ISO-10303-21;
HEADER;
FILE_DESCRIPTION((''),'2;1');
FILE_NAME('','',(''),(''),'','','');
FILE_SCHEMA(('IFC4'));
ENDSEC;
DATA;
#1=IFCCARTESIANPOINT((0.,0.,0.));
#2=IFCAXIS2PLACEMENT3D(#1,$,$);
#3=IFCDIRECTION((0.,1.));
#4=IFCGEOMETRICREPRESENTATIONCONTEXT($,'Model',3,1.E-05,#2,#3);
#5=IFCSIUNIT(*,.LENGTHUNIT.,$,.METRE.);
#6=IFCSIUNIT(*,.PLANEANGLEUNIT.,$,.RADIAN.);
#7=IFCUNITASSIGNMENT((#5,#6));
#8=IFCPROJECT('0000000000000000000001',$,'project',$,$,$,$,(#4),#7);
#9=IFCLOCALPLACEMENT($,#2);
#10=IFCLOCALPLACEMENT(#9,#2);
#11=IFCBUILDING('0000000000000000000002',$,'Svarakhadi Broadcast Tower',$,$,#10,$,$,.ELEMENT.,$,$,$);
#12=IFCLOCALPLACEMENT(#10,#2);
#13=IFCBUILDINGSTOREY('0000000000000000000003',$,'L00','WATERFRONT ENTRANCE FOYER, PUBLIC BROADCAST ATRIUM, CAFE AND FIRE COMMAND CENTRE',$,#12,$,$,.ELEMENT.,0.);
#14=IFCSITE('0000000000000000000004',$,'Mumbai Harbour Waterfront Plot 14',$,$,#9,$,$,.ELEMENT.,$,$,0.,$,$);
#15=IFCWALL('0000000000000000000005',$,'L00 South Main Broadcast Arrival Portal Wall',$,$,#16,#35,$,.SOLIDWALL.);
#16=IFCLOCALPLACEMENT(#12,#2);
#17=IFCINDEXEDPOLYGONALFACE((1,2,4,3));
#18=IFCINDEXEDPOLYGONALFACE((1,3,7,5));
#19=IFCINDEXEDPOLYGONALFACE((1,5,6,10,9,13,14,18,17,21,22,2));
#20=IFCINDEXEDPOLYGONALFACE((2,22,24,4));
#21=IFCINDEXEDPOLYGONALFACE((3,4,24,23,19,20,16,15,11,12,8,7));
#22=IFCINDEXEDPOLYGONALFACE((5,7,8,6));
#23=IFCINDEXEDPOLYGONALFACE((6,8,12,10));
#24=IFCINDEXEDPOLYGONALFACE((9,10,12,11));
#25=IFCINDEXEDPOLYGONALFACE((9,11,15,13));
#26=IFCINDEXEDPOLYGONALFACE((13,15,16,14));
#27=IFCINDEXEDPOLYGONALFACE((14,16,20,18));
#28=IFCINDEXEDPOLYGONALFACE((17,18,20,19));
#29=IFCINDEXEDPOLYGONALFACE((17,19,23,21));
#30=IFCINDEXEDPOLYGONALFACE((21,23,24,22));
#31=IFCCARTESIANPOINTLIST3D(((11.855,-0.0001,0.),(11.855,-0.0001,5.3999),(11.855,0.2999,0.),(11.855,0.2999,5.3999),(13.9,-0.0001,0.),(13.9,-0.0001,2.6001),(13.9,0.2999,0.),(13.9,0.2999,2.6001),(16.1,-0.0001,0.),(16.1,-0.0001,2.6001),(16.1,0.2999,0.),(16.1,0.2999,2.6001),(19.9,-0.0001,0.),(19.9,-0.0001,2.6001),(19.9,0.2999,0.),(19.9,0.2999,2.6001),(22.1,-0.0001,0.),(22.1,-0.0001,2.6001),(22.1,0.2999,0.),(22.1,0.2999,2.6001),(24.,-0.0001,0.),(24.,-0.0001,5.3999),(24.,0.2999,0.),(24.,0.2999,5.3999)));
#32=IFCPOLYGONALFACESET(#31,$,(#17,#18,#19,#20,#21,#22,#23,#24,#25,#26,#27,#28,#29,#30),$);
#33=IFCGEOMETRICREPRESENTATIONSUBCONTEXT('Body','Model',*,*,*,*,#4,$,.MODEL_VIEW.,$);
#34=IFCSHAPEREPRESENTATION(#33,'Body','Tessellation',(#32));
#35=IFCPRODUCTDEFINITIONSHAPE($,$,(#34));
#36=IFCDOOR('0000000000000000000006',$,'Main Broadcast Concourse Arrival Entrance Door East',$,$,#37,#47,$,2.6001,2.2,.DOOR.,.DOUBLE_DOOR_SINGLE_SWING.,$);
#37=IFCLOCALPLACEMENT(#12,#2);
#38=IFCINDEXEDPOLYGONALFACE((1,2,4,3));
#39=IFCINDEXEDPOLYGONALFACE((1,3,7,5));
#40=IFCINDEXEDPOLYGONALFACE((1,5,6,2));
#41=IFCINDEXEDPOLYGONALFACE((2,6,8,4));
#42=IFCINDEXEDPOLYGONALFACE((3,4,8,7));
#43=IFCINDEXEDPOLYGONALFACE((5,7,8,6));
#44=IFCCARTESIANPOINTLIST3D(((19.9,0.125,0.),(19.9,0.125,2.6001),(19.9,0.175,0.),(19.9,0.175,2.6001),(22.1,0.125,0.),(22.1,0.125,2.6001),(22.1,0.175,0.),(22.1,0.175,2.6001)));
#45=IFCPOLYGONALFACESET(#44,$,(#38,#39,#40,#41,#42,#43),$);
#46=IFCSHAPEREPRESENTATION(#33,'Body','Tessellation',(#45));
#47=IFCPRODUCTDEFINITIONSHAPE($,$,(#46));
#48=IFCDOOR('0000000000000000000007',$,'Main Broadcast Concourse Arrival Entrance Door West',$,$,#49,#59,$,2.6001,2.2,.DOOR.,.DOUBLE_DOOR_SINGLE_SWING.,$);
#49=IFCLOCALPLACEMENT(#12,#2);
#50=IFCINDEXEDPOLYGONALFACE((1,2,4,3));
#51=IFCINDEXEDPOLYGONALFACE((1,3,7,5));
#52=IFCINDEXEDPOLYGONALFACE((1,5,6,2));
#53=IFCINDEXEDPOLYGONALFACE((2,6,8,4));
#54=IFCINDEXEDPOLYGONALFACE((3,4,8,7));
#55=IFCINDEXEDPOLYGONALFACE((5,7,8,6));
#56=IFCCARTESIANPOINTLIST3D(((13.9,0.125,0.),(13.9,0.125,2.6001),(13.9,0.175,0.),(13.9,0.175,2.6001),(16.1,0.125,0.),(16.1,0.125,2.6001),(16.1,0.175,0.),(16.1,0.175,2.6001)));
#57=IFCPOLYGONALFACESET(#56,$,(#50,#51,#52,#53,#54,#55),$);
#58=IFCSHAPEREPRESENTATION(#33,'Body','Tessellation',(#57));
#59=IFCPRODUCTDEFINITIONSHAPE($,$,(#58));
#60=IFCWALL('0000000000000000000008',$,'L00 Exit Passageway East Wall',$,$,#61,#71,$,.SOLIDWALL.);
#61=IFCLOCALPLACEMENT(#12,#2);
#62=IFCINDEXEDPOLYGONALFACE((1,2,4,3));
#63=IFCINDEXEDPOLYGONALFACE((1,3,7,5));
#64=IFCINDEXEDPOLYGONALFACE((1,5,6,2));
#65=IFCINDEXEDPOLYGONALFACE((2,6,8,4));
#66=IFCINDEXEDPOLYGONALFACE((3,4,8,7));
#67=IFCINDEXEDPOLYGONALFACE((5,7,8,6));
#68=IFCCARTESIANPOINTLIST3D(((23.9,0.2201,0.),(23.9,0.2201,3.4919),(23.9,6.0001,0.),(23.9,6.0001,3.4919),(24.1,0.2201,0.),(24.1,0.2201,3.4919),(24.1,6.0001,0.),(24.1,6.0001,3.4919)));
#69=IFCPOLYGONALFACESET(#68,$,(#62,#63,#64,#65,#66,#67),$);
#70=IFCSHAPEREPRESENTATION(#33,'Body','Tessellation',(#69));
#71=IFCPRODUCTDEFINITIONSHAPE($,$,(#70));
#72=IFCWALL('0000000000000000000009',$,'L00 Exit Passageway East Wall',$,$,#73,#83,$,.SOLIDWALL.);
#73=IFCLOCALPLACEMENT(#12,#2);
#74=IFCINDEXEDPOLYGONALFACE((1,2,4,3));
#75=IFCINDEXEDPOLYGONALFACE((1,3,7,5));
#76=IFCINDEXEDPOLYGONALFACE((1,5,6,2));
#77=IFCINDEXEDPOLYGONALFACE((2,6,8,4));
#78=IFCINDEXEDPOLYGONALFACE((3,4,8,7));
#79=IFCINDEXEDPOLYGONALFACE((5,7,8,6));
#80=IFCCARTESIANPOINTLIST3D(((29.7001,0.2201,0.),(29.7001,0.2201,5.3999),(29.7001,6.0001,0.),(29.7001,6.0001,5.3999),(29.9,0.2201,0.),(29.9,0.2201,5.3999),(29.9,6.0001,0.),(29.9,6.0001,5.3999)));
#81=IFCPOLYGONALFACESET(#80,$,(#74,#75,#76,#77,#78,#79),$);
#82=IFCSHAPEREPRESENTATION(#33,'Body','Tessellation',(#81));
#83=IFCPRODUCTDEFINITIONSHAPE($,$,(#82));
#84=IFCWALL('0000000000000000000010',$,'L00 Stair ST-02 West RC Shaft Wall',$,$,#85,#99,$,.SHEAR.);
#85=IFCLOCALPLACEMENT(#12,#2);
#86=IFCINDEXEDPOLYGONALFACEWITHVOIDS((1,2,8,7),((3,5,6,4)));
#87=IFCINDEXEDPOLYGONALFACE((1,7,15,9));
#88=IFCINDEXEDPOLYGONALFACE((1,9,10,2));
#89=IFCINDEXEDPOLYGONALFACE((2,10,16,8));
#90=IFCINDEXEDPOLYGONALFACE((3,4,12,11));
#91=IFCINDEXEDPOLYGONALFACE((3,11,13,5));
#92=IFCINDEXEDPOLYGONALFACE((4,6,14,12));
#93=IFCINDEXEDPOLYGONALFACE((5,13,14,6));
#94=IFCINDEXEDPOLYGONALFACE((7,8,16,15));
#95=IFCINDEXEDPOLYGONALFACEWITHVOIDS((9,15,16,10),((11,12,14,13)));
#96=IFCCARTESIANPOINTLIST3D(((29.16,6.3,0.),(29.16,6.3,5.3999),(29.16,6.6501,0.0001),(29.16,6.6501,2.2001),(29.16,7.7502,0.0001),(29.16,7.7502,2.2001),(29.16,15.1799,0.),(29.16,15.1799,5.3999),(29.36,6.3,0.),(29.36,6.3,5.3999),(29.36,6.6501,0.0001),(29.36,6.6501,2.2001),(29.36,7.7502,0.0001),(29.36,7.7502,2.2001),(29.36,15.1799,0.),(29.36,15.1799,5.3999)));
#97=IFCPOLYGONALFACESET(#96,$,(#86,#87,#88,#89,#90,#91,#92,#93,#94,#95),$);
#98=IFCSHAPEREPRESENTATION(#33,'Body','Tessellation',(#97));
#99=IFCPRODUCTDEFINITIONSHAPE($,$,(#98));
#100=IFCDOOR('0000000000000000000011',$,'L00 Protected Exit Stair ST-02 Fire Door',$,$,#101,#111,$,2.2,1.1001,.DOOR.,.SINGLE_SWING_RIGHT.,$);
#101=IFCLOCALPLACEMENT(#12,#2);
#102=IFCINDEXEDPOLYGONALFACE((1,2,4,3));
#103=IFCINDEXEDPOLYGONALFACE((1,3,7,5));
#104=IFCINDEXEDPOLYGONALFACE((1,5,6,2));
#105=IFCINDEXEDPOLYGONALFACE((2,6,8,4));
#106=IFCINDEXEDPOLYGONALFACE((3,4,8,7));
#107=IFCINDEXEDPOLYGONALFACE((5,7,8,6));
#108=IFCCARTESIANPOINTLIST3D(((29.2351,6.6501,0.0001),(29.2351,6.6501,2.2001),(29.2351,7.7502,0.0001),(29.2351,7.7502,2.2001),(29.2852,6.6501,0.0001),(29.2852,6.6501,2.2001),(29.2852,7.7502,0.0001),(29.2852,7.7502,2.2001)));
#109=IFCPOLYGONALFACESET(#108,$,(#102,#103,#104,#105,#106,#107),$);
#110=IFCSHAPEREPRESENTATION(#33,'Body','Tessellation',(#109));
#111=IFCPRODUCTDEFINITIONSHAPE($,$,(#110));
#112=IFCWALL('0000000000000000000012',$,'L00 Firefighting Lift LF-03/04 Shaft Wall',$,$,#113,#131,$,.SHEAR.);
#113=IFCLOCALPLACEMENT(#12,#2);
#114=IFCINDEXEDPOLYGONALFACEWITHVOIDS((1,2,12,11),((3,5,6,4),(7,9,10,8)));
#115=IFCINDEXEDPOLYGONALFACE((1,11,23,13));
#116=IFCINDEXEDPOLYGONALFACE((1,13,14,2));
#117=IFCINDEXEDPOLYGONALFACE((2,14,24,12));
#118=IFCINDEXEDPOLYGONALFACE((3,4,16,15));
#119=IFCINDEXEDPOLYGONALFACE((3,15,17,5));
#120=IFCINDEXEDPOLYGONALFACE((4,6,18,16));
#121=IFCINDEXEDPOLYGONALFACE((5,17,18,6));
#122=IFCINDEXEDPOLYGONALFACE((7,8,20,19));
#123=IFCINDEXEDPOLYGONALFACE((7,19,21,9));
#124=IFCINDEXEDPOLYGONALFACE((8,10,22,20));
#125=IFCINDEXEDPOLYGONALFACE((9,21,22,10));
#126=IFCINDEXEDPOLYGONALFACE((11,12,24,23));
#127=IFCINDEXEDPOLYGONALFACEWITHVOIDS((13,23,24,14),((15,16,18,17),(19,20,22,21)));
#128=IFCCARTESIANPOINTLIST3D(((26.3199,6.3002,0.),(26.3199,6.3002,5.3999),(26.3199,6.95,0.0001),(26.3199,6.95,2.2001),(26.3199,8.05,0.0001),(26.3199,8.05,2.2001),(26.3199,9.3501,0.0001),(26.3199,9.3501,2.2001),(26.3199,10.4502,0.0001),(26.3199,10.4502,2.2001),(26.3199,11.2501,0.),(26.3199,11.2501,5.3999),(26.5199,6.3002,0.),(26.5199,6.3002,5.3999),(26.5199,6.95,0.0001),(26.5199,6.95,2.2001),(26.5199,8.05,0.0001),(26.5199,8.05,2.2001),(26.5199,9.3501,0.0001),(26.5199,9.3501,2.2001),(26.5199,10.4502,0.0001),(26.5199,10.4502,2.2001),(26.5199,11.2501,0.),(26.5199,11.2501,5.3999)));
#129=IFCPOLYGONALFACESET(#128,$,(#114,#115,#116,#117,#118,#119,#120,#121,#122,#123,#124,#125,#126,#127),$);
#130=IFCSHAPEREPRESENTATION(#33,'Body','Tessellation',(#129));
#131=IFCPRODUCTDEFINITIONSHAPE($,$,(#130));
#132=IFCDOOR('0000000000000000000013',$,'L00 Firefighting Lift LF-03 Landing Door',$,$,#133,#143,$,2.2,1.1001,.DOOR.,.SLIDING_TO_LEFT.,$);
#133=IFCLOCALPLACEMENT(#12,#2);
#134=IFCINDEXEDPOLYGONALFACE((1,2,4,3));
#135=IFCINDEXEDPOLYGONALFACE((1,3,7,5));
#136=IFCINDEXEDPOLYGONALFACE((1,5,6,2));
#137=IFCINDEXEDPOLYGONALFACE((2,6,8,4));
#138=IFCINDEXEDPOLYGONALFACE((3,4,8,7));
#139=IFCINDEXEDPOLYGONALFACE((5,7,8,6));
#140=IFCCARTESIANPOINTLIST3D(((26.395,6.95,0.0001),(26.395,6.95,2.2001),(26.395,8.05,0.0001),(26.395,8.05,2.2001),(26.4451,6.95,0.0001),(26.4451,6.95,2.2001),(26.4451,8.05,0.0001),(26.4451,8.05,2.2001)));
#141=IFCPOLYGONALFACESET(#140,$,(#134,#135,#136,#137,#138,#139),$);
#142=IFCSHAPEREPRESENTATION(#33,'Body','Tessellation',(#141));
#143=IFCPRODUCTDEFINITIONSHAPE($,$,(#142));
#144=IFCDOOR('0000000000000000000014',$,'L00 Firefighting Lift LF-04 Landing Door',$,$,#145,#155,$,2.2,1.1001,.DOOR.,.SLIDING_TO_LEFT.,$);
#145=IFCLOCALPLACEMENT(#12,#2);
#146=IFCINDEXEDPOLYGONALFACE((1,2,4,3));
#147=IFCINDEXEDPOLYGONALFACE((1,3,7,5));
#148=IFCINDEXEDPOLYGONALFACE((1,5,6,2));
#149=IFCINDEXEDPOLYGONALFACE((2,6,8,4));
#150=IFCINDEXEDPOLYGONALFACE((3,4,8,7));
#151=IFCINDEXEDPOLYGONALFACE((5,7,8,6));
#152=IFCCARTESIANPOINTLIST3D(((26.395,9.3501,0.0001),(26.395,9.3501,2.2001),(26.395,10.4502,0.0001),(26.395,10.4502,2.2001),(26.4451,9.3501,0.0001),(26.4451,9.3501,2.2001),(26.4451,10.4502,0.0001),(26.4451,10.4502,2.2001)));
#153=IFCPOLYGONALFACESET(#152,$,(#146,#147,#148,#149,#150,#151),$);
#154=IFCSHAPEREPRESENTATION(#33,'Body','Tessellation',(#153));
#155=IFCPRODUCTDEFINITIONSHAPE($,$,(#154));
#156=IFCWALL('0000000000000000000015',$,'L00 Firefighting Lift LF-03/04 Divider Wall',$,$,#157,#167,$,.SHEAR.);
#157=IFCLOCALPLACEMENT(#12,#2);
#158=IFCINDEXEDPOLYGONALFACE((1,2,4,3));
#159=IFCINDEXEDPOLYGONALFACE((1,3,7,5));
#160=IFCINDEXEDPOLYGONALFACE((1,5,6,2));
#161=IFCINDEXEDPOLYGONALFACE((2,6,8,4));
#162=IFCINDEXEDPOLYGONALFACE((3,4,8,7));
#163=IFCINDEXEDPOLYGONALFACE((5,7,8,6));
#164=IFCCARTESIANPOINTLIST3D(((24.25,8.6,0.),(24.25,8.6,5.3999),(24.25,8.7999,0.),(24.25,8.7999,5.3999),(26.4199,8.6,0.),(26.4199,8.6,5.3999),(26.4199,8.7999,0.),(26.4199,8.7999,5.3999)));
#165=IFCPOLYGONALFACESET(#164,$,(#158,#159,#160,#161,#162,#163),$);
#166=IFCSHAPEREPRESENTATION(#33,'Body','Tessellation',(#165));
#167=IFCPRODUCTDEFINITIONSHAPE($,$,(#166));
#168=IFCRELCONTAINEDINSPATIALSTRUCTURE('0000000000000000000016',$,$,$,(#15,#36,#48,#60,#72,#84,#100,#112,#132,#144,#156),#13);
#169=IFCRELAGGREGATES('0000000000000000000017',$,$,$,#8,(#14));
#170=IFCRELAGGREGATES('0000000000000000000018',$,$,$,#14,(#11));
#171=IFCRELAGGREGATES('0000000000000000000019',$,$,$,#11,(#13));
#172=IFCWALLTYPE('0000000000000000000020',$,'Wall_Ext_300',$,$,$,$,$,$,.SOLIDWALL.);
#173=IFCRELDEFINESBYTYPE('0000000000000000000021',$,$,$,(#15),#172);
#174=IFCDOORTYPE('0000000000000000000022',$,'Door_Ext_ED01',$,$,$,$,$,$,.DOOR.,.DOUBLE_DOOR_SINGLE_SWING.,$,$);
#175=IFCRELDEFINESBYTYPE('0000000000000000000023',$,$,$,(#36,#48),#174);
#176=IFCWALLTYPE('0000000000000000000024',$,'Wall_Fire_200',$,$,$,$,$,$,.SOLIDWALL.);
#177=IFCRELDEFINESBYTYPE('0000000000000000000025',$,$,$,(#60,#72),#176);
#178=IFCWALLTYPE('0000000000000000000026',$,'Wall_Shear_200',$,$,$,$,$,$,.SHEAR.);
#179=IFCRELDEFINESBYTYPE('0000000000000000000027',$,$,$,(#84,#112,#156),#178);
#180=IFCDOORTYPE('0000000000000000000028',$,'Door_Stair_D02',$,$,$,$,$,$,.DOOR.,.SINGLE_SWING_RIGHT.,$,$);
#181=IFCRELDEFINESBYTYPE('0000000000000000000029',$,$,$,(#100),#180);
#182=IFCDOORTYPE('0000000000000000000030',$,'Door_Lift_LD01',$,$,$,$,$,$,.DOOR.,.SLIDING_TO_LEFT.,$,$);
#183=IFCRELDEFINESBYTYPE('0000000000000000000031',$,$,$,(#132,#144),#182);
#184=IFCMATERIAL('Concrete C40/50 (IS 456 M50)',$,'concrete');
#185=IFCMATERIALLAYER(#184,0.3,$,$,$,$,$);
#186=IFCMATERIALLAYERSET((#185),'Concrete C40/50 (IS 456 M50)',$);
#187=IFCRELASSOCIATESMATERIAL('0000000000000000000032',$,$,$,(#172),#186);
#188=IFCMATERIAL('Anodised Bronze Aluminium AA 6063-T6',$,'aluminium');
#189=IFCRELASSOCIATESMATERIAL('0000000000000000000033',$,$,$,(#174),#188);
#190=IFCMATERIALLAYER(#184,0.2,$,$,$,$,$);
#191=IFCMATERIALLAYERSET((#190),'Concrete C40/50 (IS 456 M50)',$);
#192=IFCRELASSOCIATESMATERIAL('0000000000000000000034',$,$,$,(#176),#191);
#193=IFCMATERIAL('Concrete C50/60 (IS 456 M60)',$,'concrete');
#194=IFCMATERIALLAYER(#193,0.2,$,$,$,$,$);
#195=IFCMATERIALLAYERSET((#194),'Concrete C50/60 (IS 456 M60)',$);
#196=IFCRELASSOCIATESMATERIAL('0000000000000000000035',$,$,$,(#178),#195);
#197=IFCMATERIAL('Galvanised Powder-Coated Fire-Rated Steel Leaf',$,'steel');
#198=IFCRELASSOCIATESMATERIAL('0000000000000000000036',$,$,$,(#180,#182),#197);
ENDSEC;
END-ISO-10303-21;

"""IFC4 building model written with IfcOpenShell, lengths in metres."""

from ifc_helpers import new_model, si_unit, direction, frame, frame_2d, origin, place, context, subcontext, project, spatial, rectangle, extrude, material, layer, layer_set, type_object, element, fill, save


model = new_model("IFC4")

# Units and contexts
model_context = context("Model", 3, precision=1e-05, world=origin(), true_north=direction((0.0, 1.0)))
body_context = subcontext(model_context, "Body", "Model", "MODEL_VIEW")
ifc_project = project(units=[si_unit("LENGTHUNIT", "METRE"), si_unit("PLANEANGLEUNIT", "RADIAN")], contexts=[model_context])

# Site, building, storey
site_placement = place(None, origin())
site = spatial("IfcSite", under=ifc_project, at=site_placement, Name="Mumbai Harbour Waterfront Plot 14", CompositionType="ELEMENT", RefElevation=0.0)
building_placement = place(site_placement, origin())
building = spatial("IfcBuilding", under=site, at=building_placement, Name="Svarakhadi Broadcast Tower", CompositionType="ELEMENT")
storey_placement = place(building_placement, origin())
storey = spatial("IfcBuildingStorey", under=building, at=storey_placement, Name="L00", Description="WATERFRONT ENTRANCE FOYER, PUBLIC BROADCAST ATRIUM, CAFE AND FIRE COMMAND CENTRE", CompositionType="ELEMENT", Elevation=0.0)

# Shared definitions
ifc_material_1 = material(Name="Concrete C50/60 (IS 456 M60)", Category="concrete")

# Wall, openings, doors
ifc_material_2 = material(Name="Concrete C40/50 (IS 456 M50)", Category="concrete")
ifc_layer_1 = layer(ifc_material_2, 0.3)
ifc_layer_set_1 = layer_set([ifc_layer_1], Name="Concrete C40/50 (IS 456 M50)")
wall_type_1 = type_object("IfcWallType", Name="Wall_Ext_300", PredefinedType="SOLIDWALL", material=ifc_layer_set_1)
wall_1_placement = place(storey_placement, frame((24.0, 0.1499, 0.0), z_axis=(0.0, 0.0, 1.0), x_axis=(-1.0, 0.0, 0.0)))
wall_1 = element("IfcWall", 1, at=wall_1_placement, inside=storey, type_object=wall_type_1, Name="L00 South Main Broadcast Arrival Portal Wall", PredefinedType="SOLIDWALL", context=body_context, shape_type="SweptSolid", body=[
    extrude(rectangle(XDim=12.145, YDim=0.3, at=frame_2d((6.0725, 0.0))), origin(), (0.0, 0.0, 1.0), 5.3999),
])
opening_1_placement = place(wall_1_placement, frame((1.8999, 0.0, 0.0)))
opening_1 = element("IfcOpeningElement", 2, at=opening_1_placement, cuts=wall_1, PredefinedType="OPENING", context=body_context, shape_type="SweptSolid", body=[
    extrude(rectangle(XDim=2.2, YDim=2.6001, at=frame_2d((1.1001, 1.3))), frame((0.0, 0.1599, 0.0), z_axis=(0.0, -1.0, 0.0), x_axis=(1.0, 0.0, 0.0)), (0.0, 0.0, 1.0), 0.3201),
])
opening_2_placement = place(wall_1_placement, frame((7.8999, 0.0, 0.0)))
opening_2 = element("IfcOpeningElement", 3, at=opening_2_placement, cuts=wall_1, PredefinedType="OPENING", context=body_context, shape_type="SweptSolid", body=[
    extrude(rectangle(XDim=2.2, YDim=2.6001, at=frame_2d((1.1001, 1.3))), frame((0.0, 0.1599, 0.0), z_axis=(0.0, -1.0, 0.0), x_axis=(1.0, 0.0, 0.0)), (0.0, 0.0, 1.0), 0.3201),
])
ifc_material_3 = material(Name="Anodised Bronze Aluminium AA 6063-T6", Category="aluminium")
door_type_1 = type_object("IfcDoorType", Name="Door_Ext_ED01", OperationType="DOUBLE_DOOR_SINGLE_SWING", PredefinedType="DOOR", material=ifc_material_3)
door_1_placement = place(opening_1_placement, origin())
door_1 = element("IfcDoor", 4, at=door_1_placement, inside=storey, type_object=door_type_1, Name="Main Broadcast Concourse Arrival Entrance Door East", OperationType="DOUBLE_DOOR_SINGLE_SWING", OverallHeight=2.6001, OverallWidth=2.2, PredefinedType="DOOR", context=body_context, shape_type="SweptSolid", body=[
    extrude(rectangle(XDim=2.2, YDim=2.6001, at=frame_2d((1.1001, 1.3))), frame((0.0, 0.0249, 0.0), z_axis=(0.0, -1.0, 0.0), x_axis=(1.0, 0.0, 0.0)), (0.0, 0.0, 1.0), 0.05),
])
fill(opening_1, door_1)
door_2_placement = place(opening_2_placement, origin())
door_2 = element("IfcDoor", 5, at=door_2_placement, inside=storey, type_object=door_type_1, Name="Main Broadcast Concourse Arrival Entrance Door West", OperationType="DOUBLE_DOOR_SINGLE_SWING", OverallHeight=2.6001, OverallWidth=2.2, PredefinedType="DOOR", context=body_context, shape_type="SweptSolid", body=[
    extrude(rectangle(XDim=2.2, YDim=2.6001, at=frame_2d((1.1001, 1.3))), frame((0.0, 0.0249, 0.0), z_axis=(0.0, -1.0, 0.0), x_axis=(1.0, 0.0, 0.0)), (0.0, 0.0, 1.0), 0.05),
])
fill(opening_2, door_2)

# Walls
ifc_layer_2 = layer(ifc_material_2, 0.2)
ifc_layer_set_2 = layer_set([ifc_layer_2], Name="Concrete C40/50 (IS 456 M50)")
wall_type_2 = type_object("IfcWallType", Name="Wall_Fire_200", PredefinedType="SOLIDWALL", material=ifc_layer_set_2)
wall_2_placement = place(storey_placement, frame((24.0, 0.22, 0.0), z_axis=(0.0, 0.0, 1.0), x_axis=(0.0, 1.0, 0.0)))
element("IfcWall", 6, at=wall_2_placement, inside=storey, type_object=wall_type_2, Name="L00 Exit Passageway East Wall", PredefinedType="SOLIDWALL", context=body_context, shape_type="SweptSolid", body=[
    extrude(rectangle(XDim=5.78, YDim=0.2, at=frame_2d((2.8901, 0.0))), origin(), (0.0, 0.0, 1.0), 3.4919),
])
wall_3_placement = place(storey_placement, frame((29.8, 0.22, 0.0), z_axis=(0.0, 0.0, 1.0), x_axis=(0.0, 1.0, 0.0)))
element("IfcWall", 7, at=wall_3_placement, inside=storey, type_object=wall_type_2, Name="L00 Exit Passageway East Wall", PredefinedType="SOLIDWALL", context=body_context, shape_type="SweptSolid", body=[
    extrude(rectangle(XDim=5.78, YDim=0.2, at=frame_2d((2.8901, 0.0))), origin(), (0.0, 0.0, 1.0), 5.3999),
])

# Wall, opening, door
ifc_layer_3 = layer(ifc_material_1, 0.2)
ifc_layer_set_3 = layer_set([ifc_layer_3], Name="Concrete C50/60 (IS 456 M60)")
wall_type_3 = type_object("IfcWallType", Name="Wall_Shear_200", PredefinedType="SHEAR", material=ifc_layer_set_3)
wall_4_placement = place(storey_placement, frame((29.26, 6.3, 0.0), z_axis=(0.0, 0.0, 1.0), x_axis=(0.0, 1.0, 0.0)))
wall_4 = element("IfcWall", 8, at=wall_4_placement, inside=storey, type_object=wall_type_3, Name="L00 Stair ST-02 West RC Shaft Wall", PredefinedType="SHEAR", context=body_context, shape_type="SweptSolid", body=[
    extrude(rectangle(XDim=8.8799, YDim=0.2, at=frame_2d((4.4399, 0.0))), origin(), (0.0, 0.0, 1.0), 5.3999),
])
opening_3_placement = place(wall_4_placement, frame((0.3501, 0.0, 0.0)))
opening_3 = element("IfcOpeningElement", 9, at=opening_3_placement, cuts=wall_4, PredefinedType="OPENING", context=body_context, shape_type="SweptSolid", body=[
    extrude(rectangle(XDim=1.1001, YDim=2.2, at=frame_2d((0.55, 1.1001))), frame((0.0, 0.1099, 0.0), z_axis=(0.0, -1.0, 0.0), x_axis=(1.0, 0.0, 0.0)), (0.0, 0.0, 1.0), 0.22),
])
ifc_material_4 = material(Name="Galvanised Powder-Coated Fire-Rated Steel Leaf", Category="steel")
door_type_2 = type_object("IfcDoorType", Name="Door_Stair_D02", OperationType="SINGLE_SWING_RIGHT", PredefinedType="DOOR", material=ifc_material_4)
door_3_placement = place(opening_3_placement, origin())
door_3 = element("IfcDoor", 10, at=door_3_placement, inside=storey, type_object=door_type_2, Name="L00 Protected Exit Stair ST-02 Fire Door", OperationType="SINGLE_SWING_RIGHT", OverallHeight=2.2, OverallWidth=1.1001, PredefinedType="DOOR", context=body_context, shape_type="SweptSolid", body=[
    extrude(rectangle(XDim=1.1001, YDim=2.2, at=frame_2d((0.55, 1.1001))), frame((0.0, 0.0249, 0.0), z_axis=(0.0, -1.0, 0.0), x_axis=(1.0, 0.0, 0.0)), (0.0, 0.0, 1.0), 0.05),
])
fill(opening_3, door_3)

# Wall, openings, doors
wall_5_placement = place(storey_placement, frame((26.4199, 6.3, 0.0), z_axis=(0.0, 0.0, 1.0), x_axis=(0.0, 1.0, 0.0)))
wall_5 = element("IfcWall", 11, at=wall_5_placement, inside=storey, type_object=wall_type_3, Name="L00 Firefighting Lift LF-03/04 Shaft Wall", PredefinedType="SHEAR", context=body_context, shape_type="SweptSolid", body=[
    extrude(rectangle(XDim=4.95, YDim=0.2, at=frame_2d((2.4751, 0.0))), origin(), (0.0, 0.0, 1.0), 5.3999),
])
opening_4_placement = place(wall_5_placement, frame((0.6499, 0.0, 0.0)))
opening_4 = element("IfcOpeningElement", 12, at=opening_4_placement, cuts=wall_5, PredefinedType="OPENING", context=body_context, shape_type="SweptSolid", body=[
    extrude(rectangle(XDim=1.1001, YDim=2.2, at=frame_2d((0.55, 1.1001))), frame((0.0, 0.1099, 0.0), z_axis=(0.0, -1.0, 0.0), x_axis=(1.0, 0.0, 0.0)), (0.0, 0.0, 1.0), 0.22),
])
opening_5_placement = place(wall_5_placement, frame((3.05, 0.0, 0.0)))
opening_5 = element("IfcOpeningElement", 13, at=opening_5_placement, cuts=wall_5, PredefinedType="OPENING", context=body_context, shape_type="SweptSolid", body=[
    extrude(rectangle(XDim=1.1001, YDim=2.2, at=frame_2d((0.55, 1.1001))), frame((0.0, 0.1099, 0.0), z_axis=(0.0, -1.0, 0.0), x_axis=(1.0, 0.0, 0.0)), (0.0, 0.0, 1.0), 0.22),
])
door_type_3 = type_object("IfcDoorType", Name="Door_Lift_LD01", OperationType="SLIDING_TO_LEFT", PredefinedType="DOOR", material=ifc_material_4)
door_4_placement = place(opening_4_placement, origin())
door_4 = element("IfcDoor", 14, at=door_4_placement, inside=storey, type_object=door_type_3, Name="L00 Firefighting Lift LF-03 Landing Door", OperationType="SLIDING_TO_LEFT", OverallHeight=2.2, OverallWidth=1.1001, PredefinedType="DOOR", context=body_context, shape_type="SweptSolid", body=[
    extrude(rectangle(XDim=1.1001, YDim=2.2, at=frame_2d((0.55, 1.1001))), frame((0.0, 0.0249, 0.0), z_axis=(0.0, -1.0, 0.0), x_axis=(1.0, 0.0, 0.0)), (0.0, 0.0, 1.0), 0.05),
])
fill(opening_4, door_4)
door_5_placement = place(opening_5_placement, origin())
door_5 = element("IfcDoor", 15, at=door_5_placement, inside=storey, type_object=door_type_3, Name="L00 Firefighting Lift LF-04 Landing Door", OperationType="SLIDING_TO_LEFT", OverallHeight=2.2, OverallWidth=1.1001, PredefinedType="DOOR", context=body_context, shape_type="SweptSolid", body=[
    extrude(rectangle(XDim=1.1001, YDim=2.2, at=frame_2d((0.55, 1.1001))), frame((0.0, 0.0249, 0.0), z_axis=(0.0, -1.0, 0.0), x_axis=(1.0, 0.0, 0.0)), (0.0, 0.0, 1.0), 0.05),
])
fill(opening_5, door_5)

# Wall
wall_6_placement = place(storey_placement, frame((24.25, 8.7, 0.0), z_axis=(0.0, 0.0, 1.0), x_axis=(1.0, 0.0, 0.0)))
element("IfcWall", 16, at=wall_6_placement, inside=storey, type_object=wall_type_3, Name="L00 Firefighting Lift LF-03/04 Divider Wall", PredefinedType="SHEAR", context=body_context, shape_type="SweptSolid", body=[
    extrude(rectangle(XDim=2.1699, YDim=0.2, at=frame_2d((1.085, 0.0))), origin(), (0.0, 0.0, 1.0), 5.3999),
])

save(model, "model.ifc")
